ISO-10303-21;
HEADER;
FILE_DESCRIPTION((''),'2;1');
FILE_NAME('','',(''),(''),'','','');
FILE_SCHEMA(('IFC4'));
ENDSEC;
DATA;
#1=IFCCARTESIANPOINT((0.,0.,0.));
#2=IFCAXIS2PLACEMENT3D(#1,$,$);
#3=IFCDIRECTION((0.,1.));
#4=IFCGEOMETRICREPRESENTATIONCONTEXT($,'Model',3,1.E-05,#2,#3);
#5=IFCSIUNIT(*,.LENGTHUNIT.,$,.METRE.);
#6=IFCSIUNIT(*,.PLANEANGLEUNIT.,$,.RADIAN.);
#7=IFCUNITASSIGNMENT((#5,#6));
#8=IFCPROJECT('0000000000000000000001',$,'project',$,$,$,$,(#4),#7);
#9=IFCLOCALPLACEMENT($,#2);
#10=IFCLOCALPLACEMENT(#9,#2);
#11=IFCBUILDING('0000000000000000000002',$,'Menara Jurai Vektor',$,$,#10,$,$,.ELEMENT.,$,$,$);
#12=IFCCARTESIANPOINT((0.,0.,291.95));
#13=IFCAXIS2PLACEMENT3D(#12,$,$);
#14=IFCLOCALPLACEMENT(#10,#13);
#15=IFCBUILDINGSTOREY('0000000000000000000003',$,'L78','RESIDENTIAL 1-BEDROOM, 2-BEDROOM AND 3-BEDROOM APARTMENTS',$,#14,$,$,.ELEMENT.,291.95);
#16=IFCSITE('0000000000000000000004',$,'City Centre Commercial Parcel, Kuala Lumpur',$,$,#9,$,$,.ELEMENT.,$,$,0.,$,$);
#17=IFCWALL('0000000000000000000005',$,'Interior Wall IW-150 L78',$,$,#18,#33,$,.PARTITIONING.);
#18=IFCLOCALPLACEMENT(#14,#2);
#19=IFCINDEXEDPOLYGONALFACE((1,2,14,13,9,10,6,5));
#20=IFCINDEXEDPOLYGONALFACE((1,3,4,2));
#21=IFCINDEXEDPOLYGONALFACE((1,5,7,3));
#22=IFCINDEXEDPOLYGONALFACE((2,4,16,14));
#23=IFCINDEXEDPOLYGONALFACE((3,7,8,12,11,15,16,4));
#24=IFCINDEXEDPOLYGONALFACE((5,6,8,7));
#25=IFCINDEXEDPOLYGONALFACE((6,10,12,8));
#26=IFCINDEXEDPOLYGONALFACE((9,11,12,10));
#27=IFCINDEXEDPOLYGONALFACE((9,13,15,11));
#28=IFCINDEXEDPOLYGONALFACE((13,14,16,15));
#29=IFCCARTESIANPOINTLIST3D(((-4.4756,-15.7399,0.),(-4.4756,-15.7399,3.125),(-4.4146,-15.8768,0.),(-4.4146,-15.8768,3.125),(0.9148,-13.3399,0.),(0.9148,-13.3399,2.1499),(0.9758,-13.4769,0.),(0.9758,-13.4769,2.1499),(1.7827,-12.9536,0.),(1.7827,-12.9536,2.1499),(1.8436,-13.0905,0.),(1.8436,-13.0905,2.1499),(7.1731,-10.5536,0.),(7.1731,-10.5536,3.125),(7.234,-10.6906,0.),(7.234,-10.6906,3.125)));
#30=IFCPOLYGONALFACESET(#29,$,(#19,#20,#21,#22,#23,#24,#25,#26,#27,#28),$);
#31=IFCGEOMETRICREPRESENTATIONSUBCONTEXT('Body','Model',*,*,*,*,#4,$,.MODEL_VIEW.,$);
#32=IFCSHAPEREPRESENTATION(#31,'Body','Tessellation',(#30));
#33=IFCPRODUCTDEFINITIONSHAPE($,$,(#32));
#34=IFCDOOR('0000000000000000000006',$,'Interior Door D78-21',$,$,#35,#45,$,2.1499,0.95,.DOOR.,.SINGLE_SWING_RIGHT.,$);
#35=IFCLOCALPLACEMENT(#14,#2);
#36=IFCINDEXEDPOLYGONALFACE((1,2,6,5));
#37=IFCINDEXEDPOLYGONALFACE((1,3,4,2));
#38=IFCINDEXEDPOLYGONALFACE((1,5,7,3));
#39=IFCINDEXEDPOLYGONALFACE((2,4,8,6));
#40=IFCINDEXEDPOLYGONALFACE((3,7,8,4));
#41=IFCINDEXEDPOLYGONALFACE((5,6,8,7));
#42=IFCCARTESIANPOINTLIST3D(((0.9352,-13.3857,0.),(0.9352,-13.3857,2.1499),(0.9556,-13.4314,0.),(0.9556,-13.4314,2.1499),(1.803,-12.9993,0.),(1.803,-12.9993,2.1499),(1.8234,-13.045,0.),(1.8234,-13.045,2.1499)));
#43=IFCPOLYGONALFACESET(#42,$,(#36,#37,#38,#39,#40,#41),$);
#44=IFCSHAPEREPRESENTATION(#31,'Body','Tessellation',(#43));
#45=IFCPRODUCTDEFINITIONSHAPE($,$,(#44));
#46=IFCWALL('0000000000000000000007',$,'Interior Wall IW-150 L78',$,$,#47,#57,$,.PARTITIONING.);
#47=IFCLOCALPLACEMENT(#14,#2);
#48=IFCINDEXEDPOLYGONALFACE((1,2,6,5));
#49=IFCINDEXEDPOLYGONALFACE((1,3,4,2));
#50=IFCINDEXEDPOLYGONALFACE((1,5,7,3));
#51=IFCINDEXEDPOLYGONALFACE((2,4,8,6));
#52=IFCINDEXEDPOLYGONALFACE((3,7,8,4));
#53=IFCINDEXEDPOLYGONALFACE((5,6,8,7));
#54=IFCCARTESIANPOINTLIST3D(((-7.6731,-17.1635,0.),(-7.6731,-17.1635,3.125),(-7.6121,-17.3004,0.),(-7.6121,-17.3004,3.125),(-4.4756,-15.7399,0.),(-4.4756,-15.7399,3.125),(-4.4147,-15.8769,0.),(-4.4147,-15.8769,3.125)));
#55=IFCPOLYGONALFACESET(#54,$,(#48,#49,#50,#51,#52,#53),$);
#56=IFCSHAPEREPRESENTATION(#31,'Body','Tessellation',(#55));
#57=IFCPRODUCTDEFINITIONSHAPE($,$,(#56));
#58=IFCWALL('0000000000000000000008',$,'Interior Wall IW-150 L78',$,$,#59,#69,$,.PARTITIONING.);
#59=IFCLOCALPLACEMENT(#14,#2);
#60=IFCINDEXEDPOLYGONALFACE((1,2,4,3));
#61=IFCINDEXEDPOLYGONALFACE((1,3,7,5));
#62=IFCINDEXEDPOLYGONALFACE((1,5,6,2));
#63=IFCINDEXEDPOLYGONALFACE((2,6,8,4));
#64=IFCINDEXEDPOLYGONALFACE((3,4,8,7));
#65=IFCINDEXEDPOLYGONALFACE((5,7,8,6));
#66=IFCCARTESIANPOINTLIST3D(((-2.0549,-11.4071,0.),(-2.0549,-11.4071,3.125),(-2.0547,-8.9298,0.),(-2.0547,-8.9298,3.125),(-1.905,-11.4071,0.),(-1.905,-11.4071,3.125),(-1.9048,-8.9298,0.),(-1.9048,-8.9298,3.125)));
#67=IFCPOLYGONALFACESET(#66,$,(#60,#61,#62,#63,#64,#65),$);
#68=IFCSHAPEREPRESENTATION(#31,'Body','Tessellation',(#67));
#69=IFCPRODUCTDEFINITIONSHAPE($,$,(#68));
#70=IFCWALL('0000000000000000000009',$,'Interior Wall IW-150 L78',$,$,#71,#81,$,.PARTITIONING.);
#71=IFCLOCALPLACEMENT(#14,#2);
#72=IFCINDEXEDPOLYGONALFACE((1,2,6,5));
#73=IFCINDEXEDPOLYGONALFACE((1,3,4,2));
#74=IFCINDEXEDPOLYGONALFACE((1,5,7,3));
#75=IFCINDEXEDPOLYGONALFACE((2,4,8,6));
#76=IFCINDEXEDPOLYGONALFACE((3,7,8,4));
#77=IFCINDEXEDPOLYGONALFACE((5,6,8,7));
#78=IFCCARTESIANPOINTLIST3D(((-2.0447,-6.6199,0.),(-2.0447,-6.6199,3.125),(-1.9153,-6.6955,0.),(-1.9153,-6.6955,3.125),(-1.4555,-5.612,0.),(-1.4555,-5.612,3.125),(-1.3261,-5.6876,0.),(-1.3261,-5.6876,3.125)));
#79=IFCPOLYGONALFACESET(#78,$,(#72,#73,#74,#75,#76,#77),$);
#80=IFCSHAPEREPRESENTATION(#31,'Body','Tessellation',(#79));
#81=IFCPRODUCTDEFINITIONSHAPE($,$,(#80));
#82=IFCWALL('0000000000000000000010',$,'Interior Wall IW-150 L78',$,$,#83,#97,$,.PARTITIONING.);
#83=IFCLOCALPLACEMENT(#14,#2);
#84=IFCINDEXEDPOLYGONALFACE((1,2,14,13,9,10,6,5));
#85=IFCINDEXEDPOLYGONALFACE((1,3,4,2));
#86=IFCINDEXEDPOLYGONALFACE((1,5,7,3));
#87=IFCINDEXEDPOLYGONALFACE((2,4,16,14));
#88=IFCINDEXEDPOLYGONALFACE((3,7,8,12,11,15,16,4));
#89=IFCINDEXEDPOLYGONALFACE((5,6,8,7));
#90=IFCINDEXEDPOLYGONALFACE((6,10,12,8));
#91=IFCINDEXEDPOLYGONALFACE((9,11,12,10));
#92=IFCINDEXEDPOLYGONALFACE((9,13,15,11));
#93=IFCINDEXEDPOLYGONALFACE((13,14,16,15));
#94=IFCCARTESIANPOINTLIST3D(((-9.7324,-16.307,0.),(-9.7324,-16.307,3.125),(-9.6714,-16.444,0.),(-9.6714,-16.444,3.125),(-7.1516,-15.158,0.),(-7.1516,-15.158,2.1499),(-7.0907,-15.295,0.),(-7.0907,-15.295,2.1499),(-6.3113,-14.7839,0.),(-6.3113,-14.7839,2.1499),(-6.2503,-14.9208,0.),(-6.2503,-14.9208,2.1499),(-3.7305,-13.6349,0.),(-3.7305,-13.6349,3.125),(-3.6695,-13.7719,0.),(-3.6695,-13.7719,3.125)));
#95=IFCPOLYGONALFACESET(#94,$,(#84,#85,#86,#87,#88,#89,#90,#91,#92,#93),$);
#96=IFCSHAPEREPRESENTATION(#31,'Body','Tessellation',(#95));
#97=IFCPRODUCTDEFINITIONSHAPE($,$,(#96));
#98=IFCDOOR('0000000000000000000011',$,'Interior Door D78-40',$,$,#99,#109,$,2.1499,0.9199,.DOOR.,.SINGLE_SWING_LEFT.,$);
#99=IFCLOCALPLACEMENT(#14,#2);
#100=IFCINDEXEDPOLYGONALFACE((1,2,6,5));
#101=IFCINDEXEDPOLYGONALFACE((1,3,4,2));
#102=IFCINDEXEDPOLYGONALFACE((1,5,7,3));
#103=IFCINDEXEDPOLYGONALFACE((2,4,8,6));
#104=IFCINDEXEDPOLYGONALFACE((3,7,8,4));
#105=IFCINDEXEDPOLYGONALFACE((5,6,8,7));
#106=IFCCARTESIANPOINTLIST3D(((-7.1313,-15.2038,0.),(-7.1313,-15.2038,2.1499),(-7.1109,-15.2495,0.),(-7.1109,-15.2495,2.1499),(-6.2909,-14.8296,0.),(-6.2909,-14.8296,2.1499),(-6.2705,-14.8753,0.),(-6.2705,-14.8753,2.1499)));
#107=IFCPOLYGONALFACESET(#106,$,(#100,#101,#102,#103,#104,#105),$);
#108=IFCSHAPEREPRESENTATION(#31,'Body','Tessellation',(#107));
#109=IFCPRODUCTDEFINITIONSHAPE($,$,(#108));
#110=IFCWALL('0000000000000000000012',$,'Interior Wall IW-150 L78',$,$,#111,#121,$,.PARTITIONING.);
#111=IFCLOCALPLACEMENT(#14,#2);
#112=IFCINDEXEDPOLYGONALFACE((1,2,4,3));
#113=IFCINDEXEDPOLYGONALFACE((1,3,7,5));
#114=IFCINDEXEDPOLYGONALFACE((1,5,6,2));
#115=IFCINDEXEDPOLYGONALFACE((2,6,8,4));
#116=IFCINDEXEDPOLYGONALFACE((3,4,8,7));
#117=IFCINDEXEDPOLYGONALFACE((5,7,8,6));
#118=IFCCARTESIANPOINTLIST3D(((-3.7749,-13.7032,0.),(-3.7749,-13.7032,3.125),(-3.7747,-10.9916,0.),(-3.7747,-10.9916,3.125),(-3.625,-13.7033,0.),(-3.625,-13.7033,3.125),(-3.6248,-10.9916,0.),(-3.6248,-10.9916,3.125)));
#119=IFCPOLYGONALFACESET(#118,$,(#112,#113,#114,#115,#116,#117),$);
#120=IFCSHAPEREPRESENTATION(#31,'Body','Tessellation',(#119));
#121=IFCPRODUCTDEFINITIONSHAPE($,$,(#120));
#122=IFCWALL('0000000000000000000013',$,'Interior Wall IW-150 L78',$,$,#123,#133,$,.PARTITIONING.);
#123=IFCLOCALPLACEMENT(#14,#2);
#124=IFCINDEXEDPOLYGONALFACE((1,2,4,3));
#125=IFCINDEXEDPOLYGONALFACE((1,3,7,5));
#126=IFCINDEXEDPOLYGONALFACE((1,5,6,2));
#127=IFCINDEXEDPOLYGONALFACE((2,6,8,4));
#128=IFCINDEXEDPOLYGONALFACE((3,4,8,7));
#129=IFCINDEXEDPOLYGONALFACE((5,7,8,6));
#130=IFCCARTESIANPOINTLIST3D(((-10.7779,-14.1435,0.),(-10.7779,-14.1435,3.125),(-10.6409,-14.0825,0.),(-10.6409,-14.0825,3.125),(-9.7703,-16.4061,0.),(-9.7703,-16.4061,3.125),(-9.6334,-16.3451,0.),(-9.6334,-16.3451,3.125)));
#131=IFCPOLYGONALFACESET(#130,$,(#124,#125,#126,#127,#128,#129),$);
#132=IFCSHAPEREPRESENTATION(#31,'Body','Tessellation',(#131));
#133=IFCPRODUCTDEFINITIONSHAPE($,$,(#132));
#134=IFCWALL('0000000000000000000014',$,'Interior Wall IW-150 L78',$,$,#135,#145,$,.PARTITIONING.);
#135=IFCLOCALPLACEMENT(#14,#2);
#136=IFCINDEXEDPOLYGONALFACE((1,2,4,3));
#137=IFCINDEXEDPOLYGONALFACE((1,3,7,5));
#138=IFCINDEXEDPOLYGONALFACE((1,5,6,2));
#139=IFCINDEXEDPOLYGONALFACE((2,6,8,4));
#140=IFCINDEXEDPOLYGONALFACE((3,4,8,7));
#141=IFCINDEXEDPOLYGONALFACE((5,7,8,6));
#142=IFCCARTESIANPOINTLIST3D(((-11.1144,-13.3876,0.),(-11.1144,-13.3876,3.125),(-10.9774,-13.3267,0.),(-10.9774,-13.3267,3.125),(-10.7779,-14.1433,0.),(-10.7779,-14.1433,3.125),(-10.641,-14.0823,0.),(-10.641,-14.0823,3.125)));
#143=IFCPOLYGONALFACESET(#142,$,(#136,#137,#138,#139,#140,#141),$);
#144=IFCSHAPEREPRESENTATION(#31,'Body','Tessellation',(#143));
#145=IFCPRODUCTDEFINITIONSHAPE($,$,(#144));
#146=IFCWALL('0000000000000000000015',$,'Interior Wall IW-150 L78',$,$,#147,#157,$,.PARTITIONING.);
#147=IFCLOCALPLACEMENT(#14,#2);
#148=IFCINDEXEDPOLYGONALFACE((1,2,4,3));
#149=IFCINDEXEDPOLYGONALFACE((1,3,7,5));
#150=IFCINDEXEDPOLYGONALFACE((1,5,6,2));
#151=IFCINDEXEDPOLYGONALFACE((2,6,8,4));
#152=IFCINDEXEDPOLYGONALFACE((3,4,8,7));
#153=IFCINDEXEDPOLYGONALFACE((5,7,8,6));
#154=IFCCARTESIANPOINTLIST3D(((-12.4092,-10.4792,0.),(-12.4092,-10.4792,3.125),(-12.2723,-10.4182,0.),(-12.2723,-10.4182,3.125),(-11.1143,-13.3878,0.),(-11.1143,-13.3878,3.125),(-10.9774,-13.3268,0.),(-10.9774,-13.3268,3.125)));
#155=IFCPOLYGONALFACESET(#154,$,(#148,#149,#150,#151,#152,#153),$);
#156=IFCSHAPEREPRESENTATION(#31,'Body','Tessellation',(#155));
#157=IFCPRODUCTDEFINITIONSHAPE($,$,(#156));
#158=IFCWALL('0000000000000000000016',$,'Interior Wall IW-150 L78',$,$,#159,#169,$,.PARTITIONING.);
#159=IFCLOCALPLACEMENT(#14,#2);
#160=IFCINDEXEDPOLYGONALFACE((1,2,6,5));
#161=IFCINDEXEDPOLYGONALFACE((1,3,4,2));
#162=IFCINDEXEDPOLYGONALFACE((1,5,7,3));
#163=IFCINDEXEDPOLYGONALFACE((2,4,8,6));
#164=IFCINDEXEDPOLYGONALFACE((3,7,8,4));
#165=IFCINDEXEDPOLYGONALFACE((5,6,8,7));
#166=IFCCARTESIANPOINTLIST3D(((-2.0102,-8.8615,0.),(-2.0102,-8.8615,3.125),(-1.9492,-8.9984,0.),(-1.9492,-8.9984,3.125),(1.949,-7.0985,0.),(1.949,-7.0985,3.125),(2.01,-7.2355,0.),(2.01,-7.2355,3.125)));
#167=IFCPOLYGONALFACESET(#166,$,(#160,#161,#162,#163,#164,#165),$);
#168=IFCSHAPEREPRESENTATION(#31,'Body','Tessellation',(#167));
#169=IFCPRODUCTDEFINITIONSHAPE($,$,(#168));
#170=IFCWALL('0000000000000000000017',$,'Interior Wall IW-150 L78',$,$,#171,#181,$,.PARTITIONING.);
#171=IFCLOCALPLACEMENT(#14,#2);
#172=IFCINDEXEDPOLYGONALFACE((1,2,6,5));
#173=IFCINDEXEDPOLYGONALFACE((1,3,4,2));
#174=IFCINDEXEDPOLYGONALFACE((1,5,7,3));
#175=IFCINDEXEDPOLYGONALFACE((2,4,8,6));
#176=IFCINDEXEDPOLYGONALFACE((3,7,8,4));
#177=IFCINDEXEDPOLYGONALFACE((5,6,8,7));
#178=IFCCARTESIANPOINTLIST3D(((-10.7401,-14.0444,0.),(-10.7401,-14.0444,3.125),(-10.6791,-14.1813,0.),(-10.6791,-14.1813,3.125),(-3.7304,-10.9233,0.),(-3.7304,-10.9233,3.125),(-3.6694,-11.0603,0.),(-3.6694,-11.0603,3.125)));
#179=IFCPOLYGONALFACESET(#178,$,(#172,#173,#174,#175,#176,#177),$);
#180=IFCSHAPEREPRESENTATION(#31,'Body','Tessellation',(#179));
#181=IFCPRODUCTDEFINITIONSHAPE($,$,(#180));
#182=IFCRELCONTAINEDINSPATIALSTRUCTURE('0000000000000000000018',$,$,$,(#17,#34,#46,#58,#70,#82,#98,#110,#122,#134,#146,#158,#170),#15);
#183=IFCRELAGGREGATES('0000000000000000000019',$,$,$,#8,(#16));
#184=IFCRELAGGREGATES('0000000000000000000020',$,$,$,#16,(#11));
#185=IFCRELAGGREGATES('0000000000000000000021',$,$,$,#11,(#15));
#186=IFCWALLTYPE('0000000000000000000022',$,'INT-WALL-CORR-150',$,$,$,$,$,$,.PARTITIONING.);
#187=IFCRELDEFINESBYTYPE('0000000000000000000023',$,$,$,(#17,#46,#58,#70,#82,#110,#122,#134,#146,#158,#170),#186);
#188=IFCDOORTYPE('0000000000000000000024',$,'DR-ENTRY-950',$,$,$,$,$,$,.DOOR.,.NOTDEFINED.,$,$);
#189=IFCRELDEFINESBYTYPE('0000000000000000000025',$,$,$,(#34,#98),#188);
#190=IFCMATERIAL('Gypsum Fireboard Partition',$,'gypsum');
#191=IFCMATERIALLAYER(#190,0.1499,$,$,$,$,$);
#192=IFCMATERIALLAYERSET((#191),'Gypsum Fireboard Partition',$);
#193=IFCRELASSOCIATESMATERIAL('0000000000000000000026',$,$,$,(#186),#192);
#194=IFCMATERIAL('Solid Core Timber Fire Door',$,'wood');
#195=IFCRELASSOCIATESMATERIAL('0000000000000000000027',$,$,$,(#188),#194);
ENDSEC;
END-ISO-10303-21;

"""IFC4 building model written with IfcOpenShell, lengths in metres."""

from ifc_helpers import new_model, si_unit, direction, frame, frame_2d, origin, place, context, subcontext, project, spatial, rectangle, extrude, material, layer, layer_set, type_object, element, fill, save


model = new_model("IFC4")

# Units and contexts
model_context = context("Model", 3, precision=1e-05, world=origin(), true_north=direction((0.0, 1.0)))
body_context = subcontext(model_context, "Body", "Model", "MODEL_VIEW")
ifc_project = project(units=[si_unit("LENGTHUNIT", "METRE"), si_unit("PLANEANGLEUNIT", "RADIAN")], contexts=[model_context])

# Site, building, storey
site_placement = place(None, origin())
site = spatial("IfcSite", under=ifc_project, at=site_placement, Name="City Centre Commercial Parcel, Kuala Lumpur", CompositionType="ELEMENT", RefElevation=0.0)
building_placement = place(site_placement, origin())
building = spatial("IfcBuilding", under=site, at=building_placement, Name="Menara Jurai Vektor", CompositionType="ELEMENT")
storey_placement = place(building_placement, frame((0.0, 0.0, 291.95)))
storey = spatial("IfcBuildingStorey", under=building, at=storey_placement, Name="L78", Description="RESIDENTIAL 1-BEDROOM, 2-BEDROOM AND 3-BEDROOM APARTMENTS", CompositionType="ELEMENT", Elevation=291.95)

# Wall, opening, door
ifc_material_1 = material(Name="Gypsum Fireboard Partition", Category="gypsum")
ifc_layer = layer(ifc_material_1, 0.1499)
ifc_layer_set = layer_set([ifc_layer], Name="Gypsum Fireboard Partition")
wall_type = type_object("IfcWallType", Name="INT-WALL-CORR-150", PredefinedType="PARTITIONING", material=ifc_layer_set)
wall_1_placement = place(storey_placement, frame((-4.4451, -15.8083, 0.0), z_axis=(0.0, 0.0, 1.0), x_axis=(0.913547, 0.406734, 0.0)))
wall_1 = element("IfcWall", 1, at=wall_1_placement, inside=storey, type_object=wall_type, Name="Interior Wall IW-150 L78", PredefinedType="PARTITIONING", context=body_context, shape_type="SweptSolid", body=[
    extrude(rectangle(XDim=12.751, YDim=0.1499, at=frame_2d((6.3755, 0.0))), origin(), (0.0, 0.0, 1.0), 3.125),
])
opening_1_placement = place(wall_1_placement, frame((5.9004, 0.0, 0.0)))
opening_1 = element("IfcOpeningElement", 2, at=opening_1_placement, cuts=wall_1, PredefinedType="OPENING", context=body_context, shape_type="SweptSolid", body=[
    extrude(rectangle(XDim=0.95, YDim=2.1499, at=frame_2d((0.4751, 1.075))), frame((0.0, 0.085, 0.0), z_axis=(0.0, -1.0, 0.0), x_axis=(1.0, 0.0, 0.0)), (0.0, 0.0, 1.0), 0.1699),
])
ifc_material_2 = material(Name="Solid Core Timber Fire Door", Category="wood")
door_type = type_object("IfcDoorType", Name="DR-ENTRY-950", OperationType="NOTDEFINED", PredefinedType="DOOR", material=ifc_material_2)
door_1_placement = place(opening_1_placement, origin())
door_1 = element("IfcDoor", 3, at=door_1_placement, inside=storey, type_object=door_type, Name="Interior Door D78-21", OperationType="SINGLE_SWING_RIGHT", OverallHeight=2.1499, OverallWidth=0.95, PredefinedType="DOOR", context=body_context, shape_type="SweptSolid", body=[
    extrude(rectangle(XDim=0.95, YDim=2.1499, at=frame_2d((0.4751, 1.075))), frame((0.0, 0.0249, 0.0), z_axis=(0.0, -1.0, 0.0), x_axis=(1.0, 0.0, 0.0)), (0.0, 0.0, 1.0), 0.05),
])
fill(opening_1, door_1)

# Walls
wall_2_placement = place(storey_placement, frame((-7.6426, -17.2319, 0.0), z_axis=(0.0, 0.0, 1.0), x_axis=(0.91355, 0.406727, 0.0)))
element("IfcWall", 4, at=wall_2_placement, inside=storey, type_object=wall_type, Name="Interior Wall IW-150 L78", PredefinedType="PARTITIONING", context=body_context, shape_type="SweptSolid", body=[
    extrude(rectangle(XDim=3.5, YDim=0.1499, at=frame_2d((1.75, 0.0))), origin(), (0.0, 0.0, 1.0), 3.125),
])
wall_3_placement = place(storey_placement, frame((-1.98, -11.4072, 0.0), z_axis=(0.0, 0.0, 1.0), x_axis=(0.000099, 1.0, 0.0)))
element("IfcWall", 5, at=wall_3_placement, inside=storey, type_object=wall_type, Name="Interior Wall IW-150 L78", PredefinedType="PARTITIONING", context=body_context, shape_type="SweptSolid", body=[
    extrude(rectangle(XDim=2.4773, YDim=0.1499, at=frame_2d((1.2388, 0.0))), origin(), (0.0, 0.0, 1.0), 3.125),
])

# Wall
wall_4_placement = place(storey_placement, frame((-1.98, -6.6577, 0.0), z_axis=(0.0, 0.0, 1.0), x_axis=(0.504651, 0.863323, 0.0)))
element("IfcWall", 6, at=wall_4_placement, inside=storey, type_object=wall_type, Name="Interior Wall IW-150 L78", PredefinedType="PARTITIONING", context=body_context, shape_type="SweptSolid", body=[
    extrude(rectangle(XDim=1.1675, YDim=0.1499, at=frame_2d((0.5837, 0.0))), origin(), (0.0, 0.0, 1.0), 3.125),
])

# Wall, opening, door
wall_5_placement = place(storey_placement, frame((-9.7019, -16.3755, 0.0), z_axis=(0.0, 0.0, 1.0), x_axis=(0.913552, 0.406721, 0.0)))
wall_5 = element("IfcWall", 7, at=wall_5_placement, inside=storey, type_object=wall_type, Name="Interior Wall IW-150 L78", PredefinedType="PARTITIONING", context=body_context, shape_type="SweptSolid", body=[
    extrude(rectangle(XDim=6.5698, YDim=0.1499, at=frame_2d((3.2849, 0.0))), origin(), (0.0, 0.0, 1.0), 3.125),
])
opening_2_placement = place(wall_5_placement, frame((2.825, 0.0, 0.0)))
opening_2 = element("IfcOpeningElement", 8, at=opening_2_placement, cuts=wall_5, PredefinedType="OPENING", context=body_context, shape_type="SweptSolid", body=[
    extrude(rectangle(XDim=0.9199, YDim=2.1499, at=frame_2d((0.46, 1.075))), frame((0.0, 0.085, 0.0), z_axis=(0.0, -1.0, 0.0), x_axis=(1.0, 0.0, 0.0)), (0.0, 0.0, 1.0), 0.1699),
])
door_2_placement = place(opening_2_placement, origin())
door_2 = element("IfcDoor", 9, at=door_2_placement, inside=storey, type_object=door_type, Name="Interior Door D78-40", OperationType="SINGLE_SWING_LEFT", OverallHeight=2.1499, OverallWidth=0.9199, PredefinedType="DOOR", context=body_context, shape_type="SweptSolid", body=[
    extrude(rectangle(XDim=0.9199, YDim=2.1499, at=frame_2d((0.46, 1.075))), frame((0.0, 0.0249, 0.0), z_axis=(0.0, -1.0, 0.0), x_axis=(1.0, 0.0, 0.0)), (0.0, 0.0, 1.0), 0.05),
])
fill(opening_2, door_2)

# Wall
wall_6_placement = place(storey_placement, frame((-3.7, -13.7034, 0.0), z_axis=(0.0, 0.0, 1.0), x_axis=(0.00009, 1.0, 0.0)))
element("IfcWall", 10, at=wall_6_placement, inside=storey, type_object=wall_type, Name="Interior Wall IW-150 L78", PredefinedType="PARTITIONING", context=body_context, shape_type="SweptSolid", body=[
    extrude(rectangle(XDim=2.7117, YDim=0.1499, at=frame_2d((1.356, 0.0))), origin(), (0.0, 0.0, 1.0), 3.125),
])

# Walls
wall_7_placement = place(storey_placement, frame((-9.7019, -16.3755, 0.0), z_axis=(0.0, 0.0, 1.0), x_axis=(-0.406788, 0.913523, 0.0)))
element("IfcWall", 11, at=wall_7_placement, inside=storey, type_object=wall_type, Name="Interior Wall IW-150 L78", PredefinedType="PARTITIONING", context=body_context, shape_type="SweptSolid", body=[
    extrude(rectangle(XDim=2.4768, YDim=0.1499, at=frame_2d((1.2383, 0.0))), origin(), (0.0, 0.0, 1.0), 3.125),
])
wall_8_placement = place(storey_placement, frame((-10.7095, -14.1128, 0.0), z_axis=(0.0, 0.0, 1.0), x_axis=(-0.406741, 0.913544, 0.0)))
element("IfcWall", 12, at=wall_8_placement, inside=storey, type_object=wall_type, Name="Interior Wall IW-150 L78", PredefinedType="PARTITIONING", context=body_context, shape_type="SweptSolid", body=[
    extrude(rectangle(XDim=0.8271, YDim=0.1499, at=frame_2d((0.4136, 0.0))), origin(), (0.0, 0.0, 1.0), 3.125),
])
wall_9_placement = place(storey_placement, frame((-11.0459, -13.3572, 0.0), z_axis=(0.0, 0.0, 1.0), x_axis=(-0.406708, 0.913558, 0.0)))
element("IfcWall", 13, at=wall_9_placement, inside=storey, type_object=wall_type, Name="Interior Wall IW-150 L78", PredefinedType="PARTITIONING", context=body_context, shape_type="SweptSolid", body=[
    extrude(rectangle(XDim=3.1838, YDim=0.1499, at=frame_2d((1.5918, 0.0))), origin(), (0.0, 0.0, 1.0), 3.125),
])
wall_10_placement = place(storey_placement, frame((-1.9797, -8.9299, 0.0), z_axis=(0.0, 0.0, 1.0), x_axis=(0.91353, 0.406771, 0.0)))
element("IfcWall", 14, at=wall_10_placement, inside=storey, type_object=wall_type, Name="Interior Wall IW-150 L78", PredefinedType="PARTITIONING", context=body_context, shape_type="SweptSolid", body=[
    extrude(rectangle(XDim=4.334, YDim=0.1499, at=frame_2d((2.167, 0.0))), origin(), (0.0, 0.0, 1.0), 3.125),
])
wall_11_placement = place(storey_placement, frame((-10.7095, -14.1128, 0.0), z_axis=(0.0, 0.0, 1.0), x_axis=(0.913538, 0.406752, 0.0)))
element("IfcWall", 15, at=wall_11_placement, inside=storey, type_object=wall_type, Name="Interior Wall IW-150 L78", PredefinedType="PARTITIONING", context=body_context, shape_type="SweptSolid", body=[
    extrude(rectangle(XDim=7.6731, YDim=0.1499, at=frame_2d((3.8364, 0.0))), origin(), (0.0, 0.0, 1.0), 3.125),
])

save(model, "model.ifc")
